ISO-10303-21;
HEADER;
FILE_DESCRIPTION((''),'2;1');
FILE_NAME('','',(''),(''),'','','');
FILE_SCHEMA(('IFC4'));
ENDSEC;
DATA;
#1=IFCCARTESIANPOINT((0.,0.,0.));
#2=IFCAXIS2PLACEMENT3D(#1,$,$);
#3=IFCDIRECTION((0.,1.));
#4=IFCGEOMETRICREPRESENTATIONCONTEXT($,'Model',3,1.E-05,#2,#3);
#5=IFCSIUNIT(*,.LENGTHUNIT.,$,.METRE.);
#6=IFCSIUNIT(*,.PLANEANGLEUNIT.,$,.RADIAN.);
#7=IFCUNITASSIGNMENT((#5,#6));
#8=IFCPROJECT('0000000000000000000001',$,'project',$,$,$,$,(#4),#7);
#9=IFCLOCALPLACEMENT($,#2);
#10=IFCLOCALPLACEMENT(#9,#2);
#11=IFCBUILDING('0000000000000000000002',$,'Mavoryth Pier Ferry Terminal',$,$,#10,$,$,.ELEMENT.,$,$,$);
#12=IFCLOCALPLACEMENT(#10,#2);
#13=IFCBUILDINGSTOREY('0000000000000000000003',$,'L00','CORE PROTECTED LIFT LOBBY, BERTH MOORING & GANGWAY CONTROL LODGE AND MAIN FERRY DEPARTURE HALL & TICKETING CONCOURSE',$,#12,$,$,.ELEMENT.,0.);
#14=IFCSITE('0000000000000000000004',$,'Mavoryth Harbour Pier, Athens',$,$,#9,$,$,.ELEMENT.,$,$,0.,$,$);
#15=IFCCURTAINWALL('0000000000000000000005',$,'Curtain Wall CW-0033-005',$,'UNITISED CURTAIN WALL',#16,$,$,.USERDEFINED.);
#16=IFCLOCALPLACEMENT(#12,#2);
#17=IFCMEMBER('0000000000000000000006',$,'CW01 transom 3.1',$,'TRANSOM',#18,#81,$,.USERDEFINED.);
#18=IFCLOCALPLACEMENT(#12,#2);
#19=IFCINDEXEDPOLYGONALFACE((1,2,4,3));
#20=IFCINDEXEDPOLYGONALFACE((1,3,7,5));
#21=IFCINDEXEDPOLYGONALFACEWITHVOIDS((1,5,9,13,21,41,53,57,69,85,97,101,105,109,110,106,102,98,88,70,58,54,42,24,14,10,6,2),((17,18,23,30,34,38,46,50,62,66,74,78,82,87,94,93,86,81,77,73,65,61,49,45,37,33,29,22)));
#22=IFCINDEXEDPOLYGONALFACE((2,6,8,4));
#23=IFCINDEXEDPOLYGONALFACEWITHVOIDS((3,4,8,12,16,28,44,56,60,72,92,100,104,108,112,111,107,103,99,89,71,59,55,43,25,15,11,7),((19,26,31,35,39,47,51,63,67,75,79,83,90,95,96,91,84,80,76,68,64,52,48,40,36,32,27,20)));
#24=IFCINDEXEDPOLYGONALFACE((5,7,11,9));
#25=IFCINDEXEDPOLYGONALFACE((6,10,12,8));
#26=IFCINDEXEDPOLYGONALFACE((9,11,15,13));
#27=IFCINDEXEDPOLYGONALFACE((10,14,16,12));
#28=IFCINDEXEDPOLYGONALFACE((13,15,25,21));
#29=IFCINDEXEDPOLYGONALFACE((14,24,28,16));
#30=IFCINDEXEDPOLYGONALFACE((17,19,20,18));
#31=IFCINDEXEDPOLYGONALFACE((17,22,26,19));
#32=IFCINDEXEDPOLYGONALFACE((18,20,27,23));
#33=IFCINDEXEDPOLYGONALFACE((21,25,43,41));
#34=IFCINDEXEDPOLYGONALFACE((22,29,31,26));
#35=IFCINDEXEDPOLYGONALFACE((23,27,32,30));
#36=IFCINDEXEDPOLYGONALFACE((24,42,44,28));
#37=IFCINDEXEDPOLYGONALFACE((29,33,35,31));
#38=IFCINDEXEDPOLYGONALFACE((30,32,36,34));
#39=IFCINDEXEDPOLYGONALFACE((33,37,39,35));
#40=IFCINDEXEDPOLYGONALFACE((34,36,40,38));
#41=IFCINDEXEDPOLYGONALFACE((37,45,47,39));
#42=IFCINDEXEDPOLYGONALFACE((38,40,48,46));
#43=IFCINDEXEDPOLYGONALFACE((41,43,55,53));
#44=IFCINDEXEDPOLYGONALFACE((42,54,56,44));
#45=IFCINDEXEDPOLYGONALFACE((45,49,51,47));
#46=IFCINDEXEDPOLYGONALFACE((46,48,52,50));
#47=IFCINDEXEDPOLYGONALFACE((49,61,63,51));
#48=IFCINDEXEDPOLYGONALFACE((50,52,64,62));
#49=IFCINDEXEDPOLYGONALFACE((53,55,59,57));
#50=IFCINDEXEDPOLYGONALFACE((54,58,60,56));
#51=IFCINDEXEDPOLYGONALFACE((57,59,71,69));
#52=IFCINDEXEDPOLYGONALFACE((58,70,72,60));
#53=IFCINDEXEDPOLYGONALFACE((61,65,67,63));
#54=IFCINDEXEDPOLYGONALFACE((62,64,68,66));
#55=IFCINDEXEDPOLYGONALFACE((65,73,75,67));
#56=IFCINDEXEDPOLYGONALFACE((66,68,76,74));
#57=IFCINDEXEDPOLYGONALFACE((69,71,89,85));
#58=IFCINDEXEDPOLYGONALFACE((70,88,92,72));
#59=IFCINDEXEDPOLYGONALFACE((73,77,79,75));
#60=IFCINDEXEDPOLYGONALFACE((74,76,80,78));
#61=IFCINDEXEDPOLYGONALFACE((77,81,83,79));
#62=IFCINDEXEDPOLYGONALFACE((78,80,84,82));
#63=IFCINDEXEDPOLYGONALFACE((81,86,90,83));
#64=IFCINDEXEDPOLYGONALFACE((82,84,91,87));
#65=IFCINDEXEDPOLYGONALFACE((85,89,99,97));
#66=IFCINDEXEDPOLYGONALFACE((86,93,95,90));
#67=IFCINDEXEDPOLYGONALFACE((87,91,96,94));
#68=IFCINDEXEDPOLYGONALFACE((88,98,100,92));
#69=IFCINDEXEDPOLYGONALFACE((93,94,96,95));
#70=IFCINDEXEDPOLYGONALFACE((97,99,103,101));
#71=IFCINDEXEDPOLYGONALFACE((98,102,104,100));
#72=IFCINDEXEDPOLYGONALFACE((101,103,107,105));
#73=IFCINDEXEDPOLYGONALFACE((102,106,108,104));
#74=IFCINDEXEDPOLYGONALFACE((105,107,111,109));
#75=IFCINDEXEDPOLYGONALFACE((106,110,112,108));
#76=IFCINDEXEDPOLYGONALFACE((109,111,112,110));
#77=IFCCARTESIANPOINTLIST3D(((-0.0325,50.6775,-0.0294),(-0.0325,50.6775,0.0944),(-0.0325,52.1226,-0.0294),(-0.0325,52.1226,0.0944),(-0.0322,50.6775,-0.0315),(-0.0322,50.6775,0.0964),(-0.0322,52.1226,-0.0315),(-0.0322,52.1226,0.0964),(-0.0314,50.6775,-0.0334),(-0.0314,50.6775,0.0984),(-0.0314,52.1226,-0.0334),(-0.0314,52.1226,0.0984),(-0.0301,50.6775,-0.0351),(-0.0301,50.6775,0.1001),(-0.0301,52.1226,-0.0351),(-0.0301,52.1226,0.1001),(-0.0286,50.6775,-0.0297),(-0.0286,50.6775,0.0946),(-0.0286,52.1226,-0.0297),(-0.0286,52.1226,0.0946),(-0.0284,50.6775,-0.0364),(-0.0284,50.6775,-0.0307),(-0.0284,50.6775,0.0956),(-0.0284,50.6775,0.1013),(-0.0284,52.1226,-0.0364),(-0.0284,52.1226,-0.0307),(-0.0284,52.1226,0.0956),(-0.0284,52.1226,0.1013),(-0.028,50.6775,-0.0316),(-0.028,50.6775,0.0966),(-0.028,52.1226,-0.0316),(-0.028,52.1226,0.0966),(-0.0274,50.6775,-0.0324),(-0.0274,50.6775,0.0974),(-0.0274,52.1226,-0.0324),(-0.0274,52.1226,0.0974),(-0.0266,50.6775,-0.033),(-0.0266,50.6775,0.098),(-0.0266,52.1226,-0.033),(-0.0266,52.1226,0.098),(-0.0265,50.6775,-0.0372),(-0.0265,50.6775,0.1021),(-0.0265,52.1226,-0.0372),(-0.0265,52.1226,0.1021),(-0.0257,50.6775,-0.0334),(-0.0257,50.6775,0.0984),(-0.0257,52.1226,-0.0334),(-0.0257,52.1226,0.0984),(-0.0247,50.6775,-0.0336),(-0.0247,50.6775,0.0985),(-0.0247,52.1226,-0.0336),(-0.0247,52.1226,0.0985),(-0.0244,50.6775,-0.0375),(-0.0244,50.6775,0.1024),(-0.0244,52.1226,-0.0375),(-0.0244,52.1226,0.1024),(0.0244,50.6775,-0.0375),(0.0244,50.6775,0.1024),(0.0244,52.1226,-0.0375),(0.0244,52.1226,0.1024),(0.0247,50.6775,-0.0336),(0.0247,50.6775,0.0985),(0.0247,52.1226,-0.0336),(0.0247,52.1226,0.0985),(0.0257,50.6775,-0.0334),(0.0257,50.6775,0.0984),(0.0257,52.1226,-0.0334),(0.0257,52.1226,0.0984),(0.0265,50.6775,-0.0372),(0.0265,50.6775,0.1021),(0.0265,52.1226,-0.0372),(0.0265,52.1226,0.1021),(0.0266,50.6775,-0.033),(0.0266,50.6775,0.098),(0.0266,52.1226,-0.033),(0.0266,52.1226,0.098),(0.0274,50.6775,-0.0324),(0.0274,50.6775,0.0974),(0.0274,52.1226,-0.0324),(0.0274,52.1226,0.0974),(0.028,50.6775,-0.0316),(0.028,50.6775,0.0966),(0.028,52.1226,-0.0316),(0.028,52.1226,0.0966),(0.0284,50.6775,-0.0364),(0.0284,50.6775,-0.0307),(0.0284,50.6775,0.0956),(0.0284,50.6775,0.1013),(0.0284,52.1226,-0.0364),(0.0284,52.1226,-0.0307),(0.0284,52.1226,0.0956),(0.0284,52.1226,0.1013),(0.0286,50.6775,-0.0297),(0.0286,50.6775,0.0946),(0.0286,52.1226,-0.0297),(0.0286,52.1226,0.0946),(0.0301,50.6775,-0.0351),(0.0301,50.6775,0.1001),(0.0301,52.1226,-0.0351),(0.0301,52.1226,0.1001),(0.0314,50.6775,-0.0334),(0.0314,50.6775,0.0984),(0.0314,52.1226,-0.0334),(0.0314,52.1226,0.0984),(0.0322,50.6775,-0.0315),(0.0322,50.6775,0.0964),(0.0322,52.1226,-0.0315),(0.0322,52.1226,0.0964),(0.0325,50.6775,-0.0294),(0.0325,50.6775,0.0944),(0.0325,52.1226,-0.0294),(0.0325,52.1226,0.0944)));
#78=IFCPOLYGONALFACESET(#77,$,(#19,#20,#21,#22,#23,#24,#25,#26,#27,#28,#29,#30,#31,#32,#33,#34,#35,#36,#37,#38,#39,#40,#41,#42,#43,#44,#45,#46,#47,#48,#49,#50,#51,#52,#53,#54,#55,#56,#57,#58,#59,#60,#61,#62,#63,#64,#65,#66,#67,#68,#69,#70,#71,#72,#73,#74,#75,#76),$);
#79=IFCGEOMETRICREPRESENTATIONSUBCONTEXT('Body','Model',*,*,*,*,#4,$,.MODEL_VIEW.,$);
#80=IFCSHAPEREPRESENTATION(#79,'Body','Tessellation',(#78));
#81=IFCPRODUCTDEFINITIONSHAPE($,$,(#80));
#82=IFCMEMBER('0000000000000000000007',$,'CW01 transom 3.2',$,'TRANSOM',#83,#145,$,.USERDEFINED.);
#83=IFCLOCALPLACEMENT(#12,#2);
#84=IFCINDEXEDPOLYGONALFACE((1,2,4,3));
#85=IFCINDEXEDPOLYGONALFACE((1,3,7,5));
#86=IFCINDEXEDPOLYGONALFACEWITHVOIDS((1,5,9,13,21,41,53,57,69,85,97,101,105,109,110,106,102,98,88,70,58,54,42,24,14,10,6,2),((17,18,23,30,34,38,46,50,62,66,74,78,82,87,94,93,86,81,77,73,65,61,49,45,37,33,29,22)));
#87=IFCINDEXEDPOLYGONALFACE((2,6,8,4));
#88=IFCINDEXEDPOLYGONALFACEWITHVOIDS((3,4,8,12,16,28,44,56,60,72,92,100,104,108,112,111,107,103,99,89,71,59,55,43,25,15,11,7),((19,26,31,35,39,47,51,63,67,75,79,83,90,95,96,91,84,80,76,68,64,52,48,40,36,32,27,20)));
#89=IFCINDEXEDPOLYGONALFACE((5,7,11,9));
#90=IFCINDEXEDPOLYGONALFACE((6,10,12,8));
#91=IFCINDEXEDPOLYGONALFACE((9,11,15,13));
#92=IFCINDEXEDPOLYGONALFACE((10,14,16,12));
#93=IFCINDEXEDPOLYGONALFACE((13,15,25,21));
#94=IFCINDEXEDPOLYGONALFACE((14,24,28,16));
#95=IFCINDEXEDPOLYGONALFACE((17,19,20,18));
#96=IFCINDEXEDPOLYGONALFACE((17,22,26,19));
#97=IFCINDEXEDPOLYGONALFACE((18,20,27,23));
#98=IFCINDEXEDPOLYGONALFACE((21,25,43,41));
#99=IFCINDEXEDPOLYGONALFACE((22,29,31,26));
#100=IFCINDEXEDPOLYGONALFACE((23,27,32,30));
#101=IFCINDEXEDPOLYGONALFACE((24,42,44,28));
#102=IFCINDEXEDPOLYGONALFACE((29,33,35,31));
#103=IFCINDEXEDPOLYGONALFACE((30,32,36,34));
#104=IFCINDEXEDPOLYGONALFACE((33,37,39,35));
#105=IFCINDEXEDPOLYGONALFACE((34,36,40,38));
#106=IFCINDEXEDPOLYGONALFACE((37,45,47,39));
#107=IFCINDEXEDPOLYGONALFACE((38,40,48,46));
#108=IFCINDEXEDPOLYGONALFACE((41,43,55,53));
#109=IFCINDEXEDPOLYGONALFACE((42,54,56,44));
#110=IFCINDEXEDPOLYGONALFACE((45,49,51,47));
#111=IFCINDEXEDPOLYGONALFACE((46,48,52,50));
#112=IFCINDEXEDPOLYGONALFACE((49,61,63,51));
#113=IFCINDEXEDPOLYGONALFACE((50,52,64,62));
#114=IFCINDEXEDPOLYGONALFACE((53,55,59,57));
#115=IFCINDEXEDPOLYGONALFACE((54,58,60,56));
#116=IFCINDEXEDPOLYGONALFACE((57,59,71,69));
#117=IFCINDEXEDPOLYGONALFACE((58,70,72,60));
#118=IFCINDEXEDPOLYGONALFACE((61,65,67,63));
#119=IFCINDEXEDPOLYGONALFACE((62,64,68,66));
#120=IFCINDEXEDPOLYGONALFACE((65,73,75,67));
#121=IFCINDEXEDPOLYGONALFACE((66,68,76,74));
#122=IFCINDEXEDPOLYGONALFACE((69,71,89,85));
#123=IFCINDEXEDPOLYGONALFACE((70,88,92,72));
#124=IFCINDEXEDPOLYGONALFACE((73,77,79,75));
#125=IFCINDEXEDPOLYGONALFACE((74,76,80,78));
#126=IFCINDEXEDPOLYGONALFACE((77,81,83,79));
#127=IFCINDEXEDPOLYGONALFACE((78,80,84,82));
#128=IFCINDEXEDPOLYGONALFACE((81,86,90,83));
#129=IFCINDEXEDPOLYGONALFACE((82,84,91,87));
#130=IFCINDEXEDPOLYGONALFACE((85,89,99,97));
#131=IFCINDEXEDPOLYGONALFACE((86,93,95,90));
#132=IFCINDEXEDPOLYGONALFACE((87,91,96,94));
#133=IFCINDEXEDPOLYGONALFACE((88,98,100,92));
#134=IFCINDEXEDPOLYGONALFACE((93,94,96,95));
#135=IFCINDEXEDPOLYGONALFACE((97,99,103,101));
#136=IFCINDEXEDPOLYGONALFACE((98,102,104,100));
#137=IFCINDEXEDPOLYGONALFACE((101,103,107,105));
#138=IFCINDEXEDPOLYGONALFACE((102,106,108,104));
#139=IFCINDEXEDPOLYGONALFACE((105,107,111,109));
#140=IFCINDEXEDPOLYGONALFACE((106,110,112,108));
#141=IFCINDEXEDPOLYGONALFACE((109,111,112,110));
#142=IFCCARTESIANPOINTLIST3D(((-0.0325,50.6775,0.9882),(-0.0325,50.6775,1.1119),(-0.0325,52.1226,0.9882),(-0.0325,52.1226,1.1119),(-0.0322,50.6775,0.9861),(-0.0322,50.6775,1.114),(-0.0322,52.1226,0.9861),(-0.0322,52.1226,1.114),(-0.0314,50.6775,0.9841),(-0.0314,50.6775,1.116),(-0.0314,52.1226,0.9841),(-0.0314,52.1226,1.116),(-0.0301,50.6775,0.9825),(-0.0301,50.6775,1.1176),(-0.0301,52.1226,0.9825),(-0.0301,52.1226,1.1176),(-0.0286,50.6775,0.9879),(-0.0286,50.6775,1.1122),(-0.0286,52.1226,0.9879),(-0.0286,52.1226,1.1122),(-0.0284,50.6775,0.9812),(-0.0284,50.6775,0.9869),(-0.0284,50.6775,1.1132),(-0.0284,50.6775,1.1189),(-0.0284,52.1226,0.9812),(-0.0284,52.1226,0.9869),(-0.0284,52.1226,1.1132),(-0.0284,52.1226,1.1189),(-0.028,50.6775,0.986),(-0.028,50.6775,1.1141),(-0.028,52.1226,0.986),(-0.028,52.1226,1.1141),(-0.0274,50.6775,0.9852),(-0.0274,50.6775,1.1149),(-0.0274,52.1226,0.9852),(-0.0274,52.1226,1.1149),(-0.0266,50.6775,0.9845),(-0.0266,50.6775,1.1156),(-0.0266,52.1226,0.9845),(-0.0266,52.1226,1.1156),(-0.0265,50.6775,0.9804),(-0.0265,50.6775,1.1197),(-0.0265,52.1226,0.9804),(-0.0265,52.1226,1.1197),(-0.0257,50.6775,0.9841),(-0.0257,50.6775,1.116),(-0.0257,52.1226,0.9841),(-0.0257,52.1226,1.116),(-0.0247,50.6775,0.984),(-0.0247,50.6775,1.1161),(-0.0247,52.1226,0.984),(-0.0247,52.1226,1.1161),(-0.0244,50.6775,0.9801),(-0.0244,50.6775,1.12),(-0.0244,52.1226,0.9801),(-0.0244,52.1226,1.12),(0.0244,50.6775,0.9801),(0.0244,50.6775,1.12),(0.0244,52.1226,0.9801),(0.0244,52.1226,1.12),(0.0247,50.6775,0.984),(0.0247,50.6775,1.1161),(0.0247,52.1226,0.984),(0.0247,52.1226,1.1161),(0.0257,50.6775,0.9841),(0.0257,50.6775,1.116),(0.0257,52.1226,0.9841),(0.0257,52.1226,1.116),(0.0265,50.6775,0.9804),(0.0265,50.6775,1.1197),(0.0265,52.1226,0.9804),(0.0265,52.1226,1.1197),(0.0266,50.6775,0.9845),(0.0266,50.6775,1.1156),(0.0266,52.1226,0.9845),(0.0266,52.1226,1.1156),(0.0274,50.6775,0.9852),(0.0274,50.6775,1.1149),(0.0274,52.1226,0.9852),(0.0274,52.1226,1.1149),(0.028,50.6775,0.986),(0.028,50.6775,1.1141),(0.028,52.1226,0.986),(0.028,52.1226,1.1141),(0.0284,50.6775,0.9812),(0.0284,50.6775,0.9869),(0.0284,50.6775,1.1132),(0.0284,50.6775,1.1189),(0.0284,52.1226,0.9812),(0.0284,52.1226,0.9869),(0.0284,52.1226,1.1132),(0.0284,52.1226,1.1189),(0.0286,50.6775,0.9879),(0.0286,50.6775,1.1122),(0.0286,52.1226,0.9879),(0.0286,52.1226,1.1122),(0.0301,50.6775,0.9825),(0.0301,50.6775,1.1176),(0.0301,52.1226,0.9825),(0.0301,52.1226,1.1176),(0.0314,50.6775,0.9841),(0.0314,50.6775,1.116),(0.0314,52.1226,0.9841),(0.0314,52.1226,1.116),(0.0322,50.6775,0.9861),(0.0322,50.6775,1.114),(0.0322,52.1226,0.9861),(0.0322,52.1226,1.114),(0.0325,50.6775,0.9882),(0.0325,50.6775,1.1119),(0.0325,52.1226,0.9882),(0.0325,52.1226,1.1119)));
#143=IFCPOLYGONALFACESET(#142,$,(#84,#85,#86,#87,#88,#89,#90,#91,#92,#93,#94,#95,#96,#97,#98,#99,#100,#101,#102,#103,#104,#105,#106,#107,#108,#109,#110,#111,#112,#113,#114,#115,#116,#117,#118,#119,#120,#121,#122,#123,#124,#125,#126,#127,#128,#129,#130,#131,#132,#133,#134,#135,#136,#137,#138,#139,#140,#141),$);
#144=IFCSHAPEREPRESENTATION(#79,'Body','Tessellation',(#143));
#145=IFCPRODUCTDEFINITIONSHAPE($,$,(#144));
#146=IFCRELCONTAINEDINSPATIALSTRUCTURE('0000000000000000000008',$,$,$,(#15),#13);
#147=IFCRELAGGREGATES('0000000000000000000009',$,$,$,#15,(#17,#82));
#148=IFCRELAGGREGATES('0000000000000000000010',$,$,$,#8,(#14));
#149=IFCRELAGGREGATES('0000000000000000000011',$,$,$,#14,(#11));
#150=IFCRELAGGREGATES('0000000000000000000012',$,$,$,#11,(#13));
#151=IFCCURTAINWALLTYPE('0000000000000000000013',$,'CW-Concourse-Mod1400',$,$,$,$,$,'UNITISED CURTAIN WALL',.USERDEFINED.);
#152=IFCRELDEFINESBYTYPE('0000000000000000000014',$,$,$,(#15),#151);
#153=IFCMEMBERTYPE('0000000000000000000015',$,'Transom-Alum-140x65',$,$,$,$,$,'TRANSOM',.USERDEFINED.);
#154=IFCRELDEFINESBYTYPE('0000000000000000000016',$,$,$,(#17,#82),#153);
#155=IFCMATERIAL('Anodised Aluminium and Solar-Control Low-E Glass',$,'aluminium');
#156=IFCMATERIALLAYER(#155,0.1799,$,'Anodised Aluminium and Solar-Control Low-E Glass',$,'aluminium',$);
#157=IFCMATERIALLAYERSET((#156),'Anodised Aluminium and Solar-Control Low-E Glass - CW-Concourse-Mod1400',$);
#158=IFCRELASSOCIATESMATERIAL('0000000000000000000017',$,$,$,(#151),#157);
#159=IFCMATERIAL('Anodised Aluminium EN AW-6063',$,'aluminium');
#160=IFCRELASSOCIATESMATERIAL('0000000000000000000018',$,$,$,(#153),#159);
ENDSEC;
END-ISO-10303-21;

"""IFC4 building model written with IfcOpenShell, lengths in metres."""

from ifc_helpers import new_model, si_unit, direction, frame, origin, origin_2d, place, context, subcontext, project, spatial, hollow_rectangle, extrude, material, layer, layer_set, material_profile, profile_set, type_object, element, aggregate, save


model = new_model("IFC4")

# Units and contexts
model_context = context("Model", 3, precision=1e-05, world=origin(), true_north=direction((0.0, 1.0)))
body_context = subcontext(model_context, "Body", "Model", "MODEL_VIEW")
ifc_project = project(units=[si_unit("LENGTHUNIT", "METRE"), si_unit("PLANEANGLEUNIT", "RADIAN")], contexts=[model_context])

# Site, building, storey
site_placement = place(None, origin())
site = spatial("IfcSite", under=ifc_project, at=site_placement, Name="Mavoryth Harbour Pier, Athens", CompositionType="ELEMENT", RefElevation=0.0)
building_placement = place(site_placement, origin())
building = spatial("IfcBuilding", under=site, at=building_placement, Name="Mavoryth Pier Ferry Terminal", CompositionType="ELEMENT")
storey_placement = place(building_placement, origin())
storey = spatial("IfcBuildingStorey", under=building, at=storey_placement, Name="L00", Description="CORE PROTECTED LIFT LOBBY, BERTH MOORING & GANGWAY CONTROL LODGE AND MAIN FERRY DEPARTURE HALL & TICKETING CONCOURSE", CompositionType="ELEMENT", Elevation=0.0)

# Curtain wall, members
ifc_material_1 = material(Name="Anodised Aluminium and Solar-Control Low-E Glass", Category="aluminium")
ifc_layer_1 = layer(ifc_material_1, 0.1799, Name="Anodised Aluminium and Solar-Control Low-E Glass", Category="aluminium")
ifc_layer_set_1 = layer_set([ifc_layer_1], Name="Anodised Aluminium and Solar-Control Low-E Glass - CW-Concourse-Mod1400")
curtain_wall_type = type_object("IfcCurtainWallType", Name="CW-Concourse-Mod1400", ElementType="UNITISED CURTAIN WALL", PredefinedType="USERDEFINED", material=ifc_layer_set_1)
curtain_wall_placement = place(storey_placement, origin())
curtain_wall = element("IfcCurtainWall", 1, at=curtain_wall_placement, inside=storey, type_object=curtain_wall_type, Name="Curtain Wall CW-0033-005", ObjectType="UNITISED CURTAIN WALL", PredefinedType="USERDEFINED")
ifc_material_2 = material(Name="Anodised Aluminium EN AW-6063", Category="aluminium")
ifc_material_profile_1 = material_profile(ifc_material_2, hollow_rectangle(XDim=0.0649, YDim=0.1399, WallThickness=0.0039, InnerFilletRadius=0.0039, OuterFilletRadius=0.0081, at=origin_2d()), Name="AL-TRAN 140x65x4", Category="aluminium")
ifc_profile_set_1 = profile_set([ifc_material_profile_1], Name="Anodised Aluminium EN AW-6063 - AL-TRAN 140x65x4")
member_type_1 = type_object("IfcMemberType", Name="Transom-Alum-140x65", ElementType="TRANSOM", PredefinedType="USERDEFINED", material=ifc_profile_set_1)
member_1_placement = place(storey_placement, frame((0.0, 52.1226, 0.0325), z_axis=(0.0, -1.0, 0.0), x_axis=(1.0, 0.0, 0.0)))
member_1 = element("IfcMember", 2, at=member_1_placement, type_object=member_type_1, Name="CW01 transom 3.1", ObjectType="TRANSOM", PredefinedType="USERDEFINED", context=body_context, shape_type="SweptSolid", body=[
    extrude(hollow_rectangle(XDim=0.0649, YDim=0.1399, WallThickness=0.0039, InnerFilletRadius=0.0039, OuterFilletRadius=0.0081, at=origin_2d()), origin(), (0.0, 0.0, 1.0), 1.4451),
])
member_2_placement = place(storey_placement, frame((0.0, 52.1226, 1.05), z_axis=(0.0, -1.0, 0.0), x_axis=(1.0, 0.0, 0.0)))
member_2 = element("IfcMember", 3, at=member_2_placement, type_object=member_type_1, Name="CW01 transom 3.2", ObjectType="TRANSOM", PredefinedType="USERDEFINED", context=body_context, shape_type="SweptSolid", body=[
    extrude(hollow_rectangle(XDim=0.0649, YDim=0.1399, WallThickness=0.0039, InnerFilletRadius=0.0039, OuterFilletRadius=0.0081, at=origin_2d()), origin(), (0.0, 0.0, 1.0), 1.4451),
])
aggregate(curtain_wall, [member_1, member_2])

save(model, "model.ifc")
